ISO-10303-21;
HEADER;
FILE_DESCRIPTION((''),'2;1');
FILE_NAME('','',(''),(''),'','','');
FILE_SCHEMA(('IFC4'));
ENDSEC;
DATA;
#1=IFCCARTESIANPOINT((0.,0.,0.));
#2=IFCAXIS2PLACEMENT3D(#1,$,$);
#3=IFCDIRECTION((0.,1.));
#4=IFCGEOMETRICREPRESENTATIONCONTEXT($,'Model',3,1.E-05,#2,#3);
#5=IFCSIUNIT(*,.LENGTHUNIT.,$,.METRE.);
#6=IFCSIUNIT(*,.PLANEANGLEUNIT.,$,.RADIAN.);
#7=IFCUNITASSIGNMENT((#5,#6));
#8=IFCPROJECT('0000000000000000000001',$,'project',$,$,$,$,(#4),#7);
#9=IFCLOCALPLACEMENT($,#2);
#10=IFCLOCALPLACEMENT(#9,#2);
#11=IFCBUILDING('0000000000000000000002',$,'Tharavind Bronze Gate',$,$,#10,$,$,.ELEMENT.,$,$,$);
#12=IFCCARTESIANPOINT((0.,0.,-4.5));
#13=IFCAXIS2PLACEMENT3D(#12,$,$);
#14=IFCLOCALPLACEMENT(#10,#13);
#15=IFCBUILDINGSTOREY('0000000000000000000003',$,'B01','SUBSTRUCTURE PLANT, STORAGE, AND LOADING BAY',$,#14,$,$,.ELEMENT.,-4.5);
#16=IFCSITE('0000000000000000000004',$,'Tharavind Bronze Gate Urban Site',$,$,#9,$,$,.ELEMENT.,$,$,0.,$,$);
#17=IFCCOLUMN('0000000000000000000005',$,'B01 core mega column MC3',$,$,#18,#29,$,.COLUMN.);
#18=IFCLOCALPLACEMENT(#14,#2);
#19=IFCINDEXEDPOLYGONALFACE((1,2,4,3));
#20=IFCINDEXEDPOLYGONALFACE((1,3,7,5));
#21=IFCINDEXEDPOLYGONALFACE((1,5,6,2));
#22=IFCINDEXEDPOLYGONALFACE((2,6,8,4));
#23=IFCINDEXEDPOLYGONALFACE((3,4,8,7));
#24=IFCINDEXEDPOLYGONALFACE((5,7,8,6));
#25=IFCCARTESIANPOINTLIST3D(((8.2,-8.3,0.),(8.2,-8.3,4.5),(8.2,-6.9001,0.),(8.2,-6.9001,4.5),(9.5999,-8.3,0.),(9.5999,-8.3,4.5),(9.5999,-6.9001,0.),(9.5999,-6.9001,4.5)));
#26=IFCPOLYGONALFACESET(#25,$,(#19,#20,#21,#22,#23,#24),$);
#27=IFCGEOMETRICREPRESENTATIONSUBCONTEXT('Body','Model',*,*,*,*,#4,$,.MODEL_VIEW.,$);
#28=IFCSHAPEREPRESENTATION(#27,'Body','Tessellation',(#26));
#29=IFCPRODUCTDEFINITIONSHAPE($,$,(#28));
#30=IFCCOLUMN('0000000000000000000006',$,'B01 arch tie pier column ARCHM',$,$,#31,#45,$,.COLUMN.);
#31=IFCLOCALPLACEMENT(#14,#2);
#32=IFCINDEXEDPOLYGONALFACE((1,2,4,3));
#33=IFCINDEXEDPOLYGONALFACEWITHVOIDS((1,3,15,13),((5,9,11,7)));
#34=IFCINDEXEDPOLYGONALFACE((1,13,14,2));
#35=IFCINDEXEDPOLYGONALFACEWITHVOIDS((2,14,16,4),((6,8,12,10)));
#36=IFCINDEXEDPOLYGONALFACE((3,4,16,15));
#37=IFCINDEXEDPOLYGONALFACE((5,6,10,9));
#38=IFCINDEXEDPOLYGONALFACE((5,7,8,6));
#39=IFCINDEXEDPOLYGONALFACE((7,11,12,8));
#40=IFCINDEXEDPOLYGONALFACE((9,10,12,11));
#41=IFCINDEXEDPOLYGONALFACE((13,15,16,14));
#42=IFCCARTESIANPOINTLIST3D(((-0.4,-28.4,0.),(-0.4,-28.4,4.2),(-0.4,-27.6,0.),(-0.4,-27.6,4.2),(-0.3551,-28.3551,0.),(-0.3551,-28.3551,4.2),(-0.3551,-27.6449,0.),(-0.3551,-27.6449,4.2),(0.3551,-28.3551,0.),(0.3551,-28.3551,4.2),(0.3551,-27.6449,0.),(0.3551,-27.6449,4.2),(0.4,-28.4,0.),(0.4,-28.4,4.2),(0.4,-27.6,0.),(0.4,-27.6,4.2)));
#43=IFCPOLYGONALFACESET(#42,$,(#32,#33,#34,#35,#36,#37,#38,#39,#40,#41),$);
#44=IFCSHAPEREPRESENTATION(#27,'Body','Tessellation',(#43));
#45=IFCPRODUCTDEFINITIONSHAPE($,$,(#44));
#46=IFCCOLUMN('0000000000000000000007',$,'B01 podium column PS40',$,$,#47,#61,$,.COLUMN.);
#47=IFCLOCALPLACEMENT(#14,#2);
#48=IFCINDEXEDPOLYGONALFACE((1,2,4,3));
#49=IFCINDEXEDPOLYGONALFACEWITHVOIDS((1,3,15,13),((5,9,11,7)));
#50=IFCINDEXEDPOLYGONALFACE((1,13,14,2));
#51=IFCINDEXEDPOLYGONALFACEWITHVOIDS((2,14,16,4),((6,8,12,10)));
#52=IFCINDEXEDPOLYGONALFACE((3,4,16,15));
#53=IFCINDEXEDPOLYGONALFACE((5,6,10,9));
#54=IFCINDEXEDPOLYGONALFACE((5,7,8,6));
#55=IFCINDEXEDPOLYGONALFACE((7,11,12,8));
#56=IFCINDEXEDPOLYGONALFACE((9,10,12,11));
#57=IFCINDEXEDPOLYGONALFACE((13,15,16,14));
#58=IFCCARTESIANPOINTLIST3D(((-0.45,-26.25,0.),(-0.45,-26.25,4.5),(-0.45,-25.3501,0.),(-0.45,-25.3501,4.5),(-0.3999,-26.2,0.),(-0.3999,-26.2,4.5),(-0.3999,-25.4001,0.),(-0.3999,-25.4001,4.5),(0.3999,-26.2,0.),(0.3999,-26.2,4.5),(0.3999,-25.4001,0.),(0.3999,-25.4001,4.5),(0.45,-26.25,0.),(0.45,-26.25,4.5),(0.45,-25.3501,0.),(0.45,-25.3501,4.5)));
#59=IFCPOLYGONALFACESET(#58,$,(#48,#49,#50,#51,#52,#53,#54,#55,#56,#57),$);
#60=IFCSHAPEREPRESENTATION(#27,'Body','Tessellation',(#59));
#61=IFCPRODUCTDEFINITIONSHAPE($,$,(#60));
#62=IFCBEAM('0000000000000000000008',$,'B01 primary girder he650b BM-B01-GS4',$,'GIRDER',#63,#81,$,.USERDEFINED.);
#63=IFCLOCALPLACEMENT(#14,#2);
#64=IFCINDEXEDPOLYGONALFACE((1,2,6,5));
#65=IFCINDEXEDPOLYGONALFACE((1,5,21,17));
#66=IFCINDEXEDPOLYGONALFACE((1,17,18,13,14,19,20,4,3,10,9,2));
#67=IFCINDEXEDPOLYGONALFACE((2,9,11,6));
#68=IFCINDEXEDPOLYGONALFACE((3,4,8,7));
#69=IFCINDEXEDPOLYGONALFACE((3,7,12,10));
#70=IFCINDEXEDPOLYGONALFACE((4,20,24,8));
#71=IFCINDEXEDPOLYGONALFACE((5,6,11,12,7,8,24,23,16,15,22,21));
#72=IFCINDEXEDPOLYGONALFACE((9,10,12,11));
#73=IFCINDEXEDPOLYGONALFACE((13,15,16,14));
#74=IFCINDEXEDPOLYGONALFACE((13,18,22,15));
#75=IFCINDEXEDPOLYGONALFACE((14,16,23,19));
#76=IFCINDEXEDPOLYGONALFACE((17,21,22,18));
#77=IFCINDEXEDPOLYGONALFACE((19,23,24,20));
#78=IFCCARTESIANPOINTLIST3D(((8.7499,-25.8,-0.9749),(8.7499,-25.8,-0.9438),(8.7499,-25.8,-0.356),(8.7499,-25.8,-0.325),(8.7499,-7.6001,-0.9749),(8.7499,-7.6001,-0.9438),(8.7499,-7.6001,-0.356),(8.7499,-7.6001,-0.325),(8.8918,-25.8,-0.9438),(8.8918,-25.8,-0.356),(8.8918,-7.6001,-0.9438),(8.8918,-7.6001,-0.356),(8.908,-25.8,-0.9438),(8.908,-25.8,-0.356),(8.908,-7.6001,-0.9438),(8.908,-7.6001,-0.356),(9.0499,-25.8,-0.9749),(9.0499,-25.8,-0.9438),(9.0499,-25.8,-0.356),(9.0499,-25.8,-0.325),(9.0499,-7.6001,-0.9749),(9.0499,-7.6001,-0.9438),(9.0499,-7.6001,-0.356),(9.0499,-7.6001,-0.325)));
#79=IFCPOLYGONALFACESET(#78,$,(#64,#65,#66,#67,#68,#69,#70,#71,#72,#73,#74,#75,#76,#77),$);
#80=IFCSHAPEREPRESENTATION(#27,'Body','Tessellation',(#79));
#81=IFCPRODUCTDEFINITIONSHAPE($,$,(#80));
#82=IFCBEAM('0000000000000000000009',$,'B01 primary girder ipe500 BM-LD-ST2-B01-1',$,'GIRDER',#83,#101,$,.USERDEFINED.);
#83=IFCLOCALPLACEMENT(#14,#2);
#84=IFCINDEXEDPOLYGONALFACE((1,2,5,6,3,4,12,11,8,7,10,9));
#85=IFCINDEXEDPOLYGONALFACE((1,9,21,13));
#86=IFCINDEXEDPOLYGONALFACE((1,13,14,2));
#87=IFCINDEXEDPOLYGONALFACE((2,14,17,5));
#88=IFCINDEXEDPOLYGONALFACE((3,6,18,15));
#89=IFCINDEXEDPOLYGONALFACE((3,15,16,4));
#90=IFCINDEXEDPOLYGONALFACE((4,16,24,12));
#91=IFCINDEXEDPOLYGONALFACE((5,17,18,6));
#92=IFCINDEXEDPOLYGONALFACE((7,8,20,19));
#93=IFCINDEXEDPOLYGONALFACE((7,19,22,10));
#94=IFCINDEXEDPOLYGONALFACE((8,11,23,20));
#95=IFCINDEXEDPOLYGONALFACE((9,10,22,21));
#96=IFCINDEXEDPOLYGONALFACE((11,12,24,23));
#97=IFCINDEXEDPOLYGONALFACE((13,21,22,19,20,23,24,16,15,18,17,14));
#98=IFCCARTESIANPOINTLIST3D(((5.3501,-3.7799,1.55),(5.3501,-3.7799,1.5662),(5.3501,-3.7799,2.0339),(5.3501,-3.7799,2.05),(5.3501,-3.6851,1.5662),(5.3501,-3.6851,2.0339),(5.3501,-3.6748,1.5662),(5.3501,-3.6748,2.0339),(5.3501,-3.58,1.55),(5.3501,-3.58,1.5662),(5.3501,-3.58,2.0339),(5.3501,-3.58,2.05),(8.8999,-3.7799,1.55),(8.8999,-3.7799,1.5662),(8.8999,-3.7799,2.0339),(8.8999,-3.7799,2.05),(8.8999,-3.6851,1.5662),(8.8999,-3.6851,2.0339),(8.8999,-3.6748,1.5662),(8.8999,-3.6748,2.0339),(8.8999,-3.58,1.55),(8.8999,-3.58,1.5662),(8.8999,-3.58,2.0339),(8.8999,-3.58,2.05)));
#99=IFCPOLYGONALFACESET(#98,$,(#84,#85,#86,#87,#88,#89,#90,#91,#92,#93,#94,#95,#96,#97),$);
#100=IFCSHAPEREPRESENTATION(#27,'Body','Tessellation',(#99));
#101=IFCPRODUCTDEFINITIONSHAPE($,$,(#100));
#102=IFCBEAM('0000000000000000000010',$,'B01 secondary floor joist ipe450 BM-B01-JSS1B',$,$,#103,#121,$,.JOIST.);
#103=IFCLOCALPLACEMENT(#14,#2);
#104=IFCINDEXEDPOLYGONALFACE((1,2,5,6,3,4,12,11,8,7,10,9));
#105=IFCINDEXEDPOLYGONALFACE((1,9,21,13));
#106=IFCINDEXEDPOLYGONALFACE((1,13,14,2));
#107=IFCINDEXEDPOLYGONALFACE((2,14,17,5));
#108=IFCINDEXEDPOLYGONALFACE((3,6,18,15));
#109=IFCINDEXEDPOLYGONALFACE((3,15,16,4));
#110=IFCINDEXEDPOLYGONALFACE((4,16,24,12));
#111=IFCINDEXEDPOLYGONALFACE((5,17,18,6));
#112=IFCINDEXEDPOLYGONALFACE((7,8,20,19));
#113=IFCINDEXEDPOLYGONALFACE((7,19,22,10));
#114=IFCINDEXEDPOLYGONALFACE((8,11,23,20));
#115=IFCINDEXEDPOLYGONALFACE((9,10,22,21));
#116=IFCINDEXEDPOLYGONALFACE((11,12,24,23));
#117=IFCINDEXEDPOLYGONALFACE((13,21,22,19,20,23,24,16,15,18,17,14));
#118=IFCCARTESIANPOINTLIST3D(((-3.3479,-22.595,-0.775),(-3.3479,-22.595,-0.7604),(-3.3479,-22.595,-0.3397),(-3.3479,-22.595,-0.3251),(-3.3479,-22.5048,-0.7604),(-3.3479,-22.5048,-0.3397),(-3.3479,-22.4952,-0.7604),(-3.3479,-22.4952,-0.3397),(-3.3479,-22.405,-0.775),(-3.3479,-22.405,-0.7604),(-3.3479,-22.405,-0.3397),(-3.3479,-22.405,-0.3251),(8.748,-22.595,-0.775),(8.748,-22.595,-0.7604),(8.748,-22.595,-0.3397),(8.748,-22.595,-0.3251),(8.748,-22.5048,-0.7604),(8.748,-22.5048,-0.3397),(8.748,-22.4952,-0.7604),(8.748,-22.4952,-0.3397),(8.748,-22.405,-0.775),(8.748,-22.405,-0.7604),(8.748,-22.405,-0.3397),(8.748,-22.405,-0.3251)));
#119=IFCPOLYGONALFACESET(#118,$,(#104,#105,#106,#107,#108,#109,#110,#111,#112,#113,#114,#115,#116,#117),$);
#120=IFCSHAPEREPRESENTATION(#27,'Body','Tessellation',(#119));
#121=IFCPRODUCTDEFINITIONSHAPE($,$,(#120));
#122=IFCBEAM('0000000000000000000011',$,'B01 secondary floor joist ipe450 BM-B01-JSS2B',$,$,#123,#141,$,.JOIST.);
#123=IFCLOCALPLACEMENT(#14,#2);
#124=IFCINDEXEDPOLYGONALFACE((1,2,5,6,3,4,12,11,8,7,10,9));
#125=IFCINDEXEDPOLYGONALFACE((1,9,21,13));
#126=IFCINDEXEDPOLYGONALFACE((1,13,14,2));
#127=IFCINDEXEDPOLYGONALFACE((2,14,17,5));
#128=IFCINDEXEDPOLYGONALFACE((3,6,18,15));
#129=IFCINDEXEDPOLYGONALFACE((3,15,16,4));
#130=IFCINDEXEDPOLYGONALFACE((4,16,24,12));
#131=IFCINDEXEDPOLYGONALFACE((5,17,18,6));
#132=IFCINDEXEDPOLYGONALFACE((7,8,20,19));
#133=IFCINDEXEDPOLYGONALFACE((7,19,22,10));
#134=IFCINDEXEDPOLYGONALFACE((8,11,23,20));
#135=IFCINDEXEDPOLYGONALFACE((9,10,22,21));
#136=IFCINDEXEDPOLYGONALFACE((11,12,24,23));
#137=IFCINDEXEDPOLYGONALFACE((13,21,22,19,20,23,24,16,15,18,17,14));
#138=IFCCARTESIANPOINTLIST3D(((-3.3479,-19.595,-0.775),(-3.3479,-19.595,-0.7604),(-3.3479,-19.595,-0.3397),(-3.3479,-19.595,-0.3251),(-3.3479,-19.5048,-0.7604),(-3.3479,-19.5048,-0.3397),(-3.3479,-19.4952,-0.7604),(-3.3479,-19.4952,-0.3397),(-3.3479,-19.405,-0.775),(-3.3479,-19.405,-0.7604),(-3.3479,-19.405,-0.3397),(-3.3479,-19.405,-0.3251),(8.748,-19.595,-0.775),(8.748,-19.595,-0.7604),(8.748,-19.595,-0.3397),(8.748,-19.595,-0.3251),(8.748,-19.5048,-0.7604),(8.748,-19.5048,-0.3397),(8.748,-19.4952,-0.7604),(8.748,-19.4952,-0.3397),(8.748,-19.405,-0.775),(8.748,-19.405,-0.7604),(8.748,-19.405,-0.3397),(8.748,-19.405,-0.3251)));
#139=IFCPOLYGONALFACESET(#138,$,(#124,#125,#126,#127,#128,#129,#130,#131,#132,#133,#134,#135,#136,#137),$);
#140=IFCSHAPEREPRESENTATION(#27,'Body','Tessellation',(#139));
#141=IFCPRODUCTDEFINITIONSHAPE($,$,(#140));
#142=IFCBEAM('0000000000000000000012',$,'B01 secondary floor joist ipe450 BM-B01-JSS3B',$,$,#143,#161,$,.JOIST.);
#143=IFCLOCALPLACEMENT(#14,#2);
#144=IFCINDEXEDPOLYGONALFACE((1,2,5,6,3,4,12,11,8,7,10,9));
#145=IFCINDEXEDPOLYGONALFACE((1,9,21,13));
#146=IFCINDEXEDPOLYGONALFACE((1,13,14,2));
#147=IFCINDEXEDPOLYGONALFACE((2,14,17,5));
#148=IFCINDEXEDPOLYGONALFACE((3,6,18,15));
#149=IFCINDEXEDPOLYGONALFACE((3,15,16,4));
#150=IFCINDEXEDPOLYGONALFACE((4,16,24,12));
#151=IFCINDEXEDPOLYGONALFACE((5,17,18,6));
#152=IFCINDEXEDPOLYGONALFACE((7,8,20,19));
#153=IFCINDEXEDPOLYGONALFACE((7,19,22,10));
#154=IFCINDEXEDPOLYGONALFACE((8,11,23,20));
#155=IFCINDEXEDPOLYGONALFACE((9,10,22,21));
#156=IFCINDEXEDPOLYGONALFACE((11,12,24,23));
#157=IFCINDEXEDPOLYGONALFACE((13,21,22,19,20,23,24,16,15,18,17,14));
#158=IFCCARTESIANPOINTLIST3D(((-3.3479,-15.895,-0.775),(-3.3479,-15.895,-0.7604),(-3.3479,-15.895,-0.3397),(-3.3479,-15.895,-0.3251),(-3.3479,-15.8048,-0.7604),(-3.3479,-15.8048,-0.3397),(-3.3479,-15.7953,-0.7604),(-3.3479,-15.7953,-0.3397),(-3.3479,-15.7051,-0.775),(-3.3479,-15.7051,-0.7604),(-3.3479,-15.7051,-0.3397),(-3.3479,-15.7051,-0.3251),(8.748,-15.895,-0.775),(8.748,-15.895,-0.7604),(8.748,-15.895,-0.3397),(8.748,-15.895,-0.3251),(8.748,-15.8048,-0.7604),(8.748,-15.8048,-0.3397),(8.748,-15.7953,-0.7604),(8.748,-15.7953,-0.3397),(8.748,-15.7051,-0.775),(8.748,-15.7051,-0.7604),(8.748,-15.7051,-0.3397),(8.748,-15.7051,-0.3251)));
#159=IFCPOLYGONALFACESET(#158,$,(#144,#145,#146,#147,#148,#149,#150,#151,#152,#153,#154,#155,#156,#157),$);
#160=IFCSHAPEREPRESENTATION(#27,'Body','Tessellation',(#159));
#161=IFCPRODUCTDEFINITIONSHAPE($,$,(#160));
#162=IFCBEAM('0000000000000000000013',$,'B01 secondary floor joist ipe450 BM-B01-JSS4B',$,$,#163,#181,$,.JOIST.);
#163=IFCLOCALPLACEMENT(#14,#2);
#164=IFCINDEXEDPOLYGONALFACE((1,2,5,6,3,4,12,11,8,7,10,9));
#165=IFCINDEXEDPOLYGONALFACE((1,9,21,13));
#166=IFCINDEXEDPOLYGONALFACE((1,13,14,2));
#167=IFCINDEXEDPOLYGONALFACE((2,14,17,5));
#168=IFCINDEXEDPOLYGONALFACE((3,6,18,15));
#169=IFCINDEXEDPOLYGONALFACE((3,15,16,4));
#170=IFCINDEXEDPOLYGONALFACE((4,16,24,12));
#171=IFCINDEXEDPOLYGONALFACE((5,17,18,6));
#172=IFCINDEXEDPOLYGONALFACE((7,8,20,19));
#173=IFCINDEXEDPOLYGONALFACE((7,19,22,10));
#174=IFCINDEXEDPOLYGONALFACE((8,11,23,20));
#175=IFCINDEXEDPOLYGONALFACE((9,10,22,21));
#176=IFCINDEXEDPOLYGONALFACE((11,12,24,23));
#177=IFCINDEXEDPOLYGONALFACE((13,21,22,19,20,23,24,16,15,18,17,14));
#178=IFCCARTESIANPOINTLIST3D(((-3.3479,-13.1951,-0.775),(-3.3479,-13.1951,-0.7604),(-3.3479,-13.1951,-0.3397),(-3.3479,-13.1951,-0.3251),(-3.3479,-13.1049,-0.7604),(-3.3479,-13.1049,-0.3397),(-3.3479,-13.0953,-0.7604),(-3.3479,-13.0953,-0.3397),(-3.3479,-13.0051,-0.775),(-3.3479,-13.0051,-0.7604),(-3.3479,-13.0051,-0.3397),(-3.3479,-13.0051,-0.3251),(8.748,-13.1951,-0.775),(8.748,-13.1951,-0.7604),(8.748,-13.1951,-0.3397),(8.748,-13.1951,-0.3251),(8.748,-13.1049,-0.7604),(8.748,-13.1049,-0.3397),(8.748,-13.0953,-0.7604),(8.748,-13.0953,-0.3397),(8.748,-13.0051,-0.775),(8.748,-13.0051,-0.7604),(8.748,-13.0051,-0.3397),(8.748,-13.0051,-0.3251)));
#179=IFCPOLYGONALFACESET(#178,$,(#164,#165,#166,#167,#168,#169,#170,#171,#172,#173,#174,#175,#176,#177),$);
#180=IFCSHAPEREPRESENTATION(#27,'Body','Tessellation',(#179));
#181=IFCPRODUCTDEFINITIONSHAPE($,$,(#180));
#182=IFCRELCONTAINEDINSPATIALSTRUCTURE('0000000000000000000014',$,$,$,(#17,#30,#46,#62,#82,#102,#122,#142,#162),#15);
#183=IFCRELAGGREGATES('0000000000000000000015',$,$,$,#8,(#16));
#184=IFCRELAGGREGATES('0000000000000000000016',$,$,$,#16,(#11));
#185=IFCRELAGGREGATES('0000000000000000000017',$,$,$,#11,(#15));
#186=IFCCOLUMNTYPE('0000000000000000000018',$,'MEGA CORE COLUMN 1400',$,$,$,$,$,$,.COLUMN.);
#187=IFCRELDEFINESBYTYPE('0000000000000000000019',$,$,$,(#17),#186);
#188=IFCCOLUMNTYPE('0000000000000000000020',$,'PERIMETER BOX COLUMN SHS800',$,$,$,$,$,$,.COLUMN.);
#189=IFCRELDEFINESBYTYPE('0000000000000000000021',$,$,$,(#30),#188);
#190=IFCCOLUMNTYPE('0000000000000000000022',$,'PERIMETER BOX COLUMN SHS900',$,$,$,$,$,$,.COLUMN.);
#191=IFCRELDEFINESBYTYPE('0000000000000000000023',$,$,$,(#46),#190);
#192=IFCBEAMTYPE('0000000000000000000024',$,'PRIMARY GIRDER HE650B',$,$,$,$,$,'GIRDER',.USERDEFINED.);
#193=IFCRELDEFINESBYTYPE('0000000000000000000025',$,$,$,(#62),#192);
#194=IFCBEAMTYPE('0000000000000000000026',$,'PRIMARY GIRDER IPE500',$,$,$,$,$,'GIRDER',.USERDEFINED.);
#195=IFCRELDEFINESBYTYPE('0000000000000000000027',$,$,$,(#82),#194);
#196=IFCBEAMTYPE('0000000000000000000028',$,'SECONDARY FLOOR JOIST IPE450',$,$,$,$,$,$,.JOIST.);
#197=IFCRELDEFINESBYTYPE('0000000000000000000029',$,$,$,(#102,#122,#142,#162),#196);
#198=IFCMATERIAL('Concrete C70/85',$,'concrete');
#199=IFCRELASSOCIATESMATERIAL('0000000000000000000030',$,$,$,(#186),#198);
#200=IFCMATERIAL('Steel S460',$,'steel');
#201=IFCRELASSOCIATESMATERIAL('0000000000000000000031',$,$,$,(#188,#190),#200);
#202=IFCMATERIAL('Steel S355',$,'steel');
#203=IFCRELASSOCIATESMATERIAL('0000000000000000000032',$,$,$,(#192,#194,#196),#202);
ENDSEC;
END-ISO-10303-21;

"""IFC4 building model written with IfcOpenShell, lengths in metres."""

from ifc_helpers import new_model, si_unit, direction, frame, origin, origin_2d, place, context, subcontext, project, spatial, rectangle, hollow_rectangle, i_section, extrude, material, material_profile, profile_set, type_object, element, save


model = new_model("IFC4")

# Units and contexts
model_context = context("Model", 3, precision=1e-05, world=origin(), true_north=direction((0.0, 1.0)))
body_context = subcontext(model_context, "Body", "Model", "MODEL_VIEW")
ifc_project = project(units=[si_unit("LENGTHUNIT", "METRE"), si_unit("PLANEANGLEUNIT", "RADIAN")], contexts=[model_context])

# Site, building, storey
site_placement = place(None, origin())
site = spatial("IfcSite", under=ifc_project, at=site_placement, Name="Tharavind Bronze Gate Urban Site", CompositionType="ELEMENT", RefElevation=0.0)
building_placement = place(site_placement, origin())
building = spatial("IfcBuilding", under=site, at=building_placement, Name="Tharavind Bronze Gate", CompositionType="ELEMENT")
storey_placement = place(building_placement, frame((0.0, 0.0, -4.5)))
storey = spatial("IfcBuildingStorey", under=building, at=storey_placement, Name="B01", Description="SUBSTRUCTURE PLANT, STORAGE, AND LOADING BAY", CompositionType="ELEMENT", Elevation=-4.5)

# Columns
ifc_material_1 = material(Name="Concrete C70/85", Category="concrete")
ifc_material_profile_1 = material_profile(ifc_material_1, rectangle(XDim=1.3999, YDim=1.3999, at=origin_2d()), Name="RCCOL1400")
ifc_profile_set_1 = profile_set([ifc_material_profile_1], Name="Concrete C70/85")
column_type_1 = type_object("IfcColumnType", Name="MEGA CORE COLUMN 1400", PredefinedType="COLUMN", material=ifc_profile_set_1)
column_1_placement = place(storey_placement, frame((8.8999, -7.6001, 0.0), z_axis=(0.0, 0.0, 1.0), x_axis=(1.0, 0.0, 0.0)))
element("IfcColumn", 1, at=column_1_placement, inside=storey, type_object=column_type_1, Name="B01 core mega column MC3", PredefinedType="COLUMN", context=body_context, shape_type="SweptSolid", body=[
    extrude(rectangle(XDim=1.3999, YDim=1.3999, at=origin_2d()), origin(), (0.0, 0.0, 1.0), 4.5),
])
ifc_material_2 = material(Name="Steel S460", Category="steel")
ifc_material_profile_2 = material_profile(ifc_material_2, hollow_rectangle(XDim=0.8, YDim=0.8, WallThickness=0.0449, at=origin_2d()), Name="SHS800X45")
ifc_profile_set_2 = profile_set([ifc_material_profile_2], Name="Steel S460")
column_type_2 = type_object("IfcColumnType", Name="PERIMETER BOX COLUMN SHS800", PredefinedType="COLUMN", material=ifc_profile_set_2)
column_2_placement = place(storey_placement, frame((0.0, -28.0, 0.0), z_axis=(0.0, 0.0, 1.0), x_axis=(1.0, 0.0, 0.0)))
element("IfcColumn", 2, at=column_2_placement, inside=storey, type_object=column_type_2, Name="B01 arch tie pier column ARCHM", PredefinedType="COLUMN", context=body_context, shape_type="SweptSolid", body=[
    extrude(hollow_rectangle(XDim=0.8, YDim=0.8, WallThickness=0.0449, at=origin_2d()), origin(), (0.0, 0.0, 1.0), 4.2),
])
ifc_material_profile_3 = material_profile(ifc_material_2, hollow_rectangle(XDim=0.8999, YDim=0.8999, WallThickness=0.05, at=origin_2d()), Name="SHS900X50")
ifc_profile_set_3 = profile_set([ifc_material_profile_3], Name="Steel S460")
column_type_3 = type_object("IfcColumnType", Name="PERIMETER BOX COLUMN SHS900", PredefinedType="COLUMN", material=ifc_profile_set_3)
column_3_placement = place(storey_placement, frame((0.0, -25.8, 0.0), z_axis=(0.0, 0.0, 1.0), x_axis=(1.0, 0.0, 0.0)))
element("IfcColumn", 3, at=column_3_placement, inside=storey, type_object=column_type_3, Name="B01 podium column PS40", PredefinedType="COLUMN", context=body_context, shape_type="SweptSolid", body=[
    extrude(hollow_rectangle(XDim=0.8999, YDim=0.8999, WallThickness=0.05, at=origin_2d()), origin(), (0.0, 0.0, 1.0), 4.5),
])

# Beams
ifc_material_3 = material(Name="Steel S355", Category="steel")
ifc_material_profile_4 = material_profile(ifc_material_3, i_section(OverallWidth=0.3, OverallDepth=0.6499, WebThickness=0.0161, FlangeThickness=0.031, at=origin_2d()), Name="HE650B")
ifc_profile_set_4 = profile_set([ifc_material_profile_4], Name="Steel S355")
beam_type_1 = type_object("IfcBeamType", Name="PRIMARY GIRDER HE650B", ElementType="GIRDER", PredefinedType="USERDEFINED", material=ifc_profile_set_4)
beam_1_placement = place(storey_placement, frame((8.8999, -25.8, -0.6499), z_axis=(0.0, 1.0, 0.0), x_axis=(-1.0, 0.0, 0.0)))
element("IfcBeam", 4, at=beam_1_placement, inside=storey, type_object=beam_type_1, Name="B01 primary girder he650b BM-B01-GS4", ObjectType="GIRDER", PredefinedType="USERDEFINED", context=body_context, shape_type="SweptSolid", body=[
    extrude(i_section(OverallWidth=0.3, OverallDepth=0.6499, WebThickness=0.0161, FlangeThickness=0.031, at=origin_2d()), origin(), (0.0, 0.0, 1.0), 18.2),
])
ifc_material_profile_5 = material_profile(ifc_material_3, i_section(OverallWidth=0.2, OverallDepth=0.5, WebThickness=0.0103, FlangeThickness=0.0161, at=origin_2d()), Name="IPE500")
ifc_profile_set_5 = profile_set([ifc_material_profile_5], Name="Steel S355")
beam_type_2 = type_object("IfcBeamType", Name="PRIMARY GIRDER IPE500", ElementType="GIRDER", PredefinedType="USERDEFINED", material=ifc_profile_set_5)
beam_2_placement = place(storey_placement, frame((5.3501, -3.6799, 1.8), z_axis=(1.0, 0.0, 0.0), x_axis=(0.0, 1.0, 0.0)))
element("IfcBeam", 5, at=beam_2_placement, inside=storey, type_object=beam_type_2, Name="B01 primary girder ipe500 BM-LD-ST2-B01-1", ObjectType="GIRDER", PredefinedType="USERDEFINED", context=body_context, shape_type="SweptSolid", body=[
    extrude(i_section(OverallWidth=0.2, OverallDepth=0.5, WebThickness=0.0103, FlangeThickness=0.0161, at=origin_2d()), origin(), (0.0, 0.0, 1.0), 3.5498),
])
ifc_material_profile_6 = material_profile(ifc_material_3, i_section(OverallWidth=0.1899, OverallDepth=0.45, WebThickness=0.0095, FlangeThickness=0.0146, at=origin_2d()), Name="IPE450")
ifc_profile_set_6 = profile_set([ifc_material_profile_6], Name="Steel S355")
beam_type_3 = type_object("IfcBeamType", Name="SECONDARY FLOOR JOIST IPE450", PredefinedType="JOIST", material=ifc_profile_set_6)
for number, where, z_axis, x_axis, name in (
    (6, (-3.3479, -22.5, -0.55), (1.0, 0.0, 0.0), (0.0, 1.0, 0.0), "B01 secondary floor joist ipe450 BM-B01-JSS1B"),
    (7, (-3.3479, -19.5, -0.55), (1.0, 0.0, 0.0), (0.0, 1.0, 0.0), "B01 secondary floor joist ipe450 BM-B01-JSS2B"),
    (8, (-3.3479, -15.8, -0.55), (1.0, 0.0, 0.0), (0.0, 1.0, 0.0), "B01 secondary floor joist ipe450 BM-B01-JSS3B"),
    (9, (-3.3479, -13.1001, -0.55), (1.0, 0.0, 0.0), (0.0, 1.0, 0.0), "B01 secondary floor joist ipe450 BM-B01-JSS4B"),
):
    element("IfcBeam", number, at=place(storey_placement, frame(where, z_axis=z_axis, x_axis=x_axis)), inside=storey, type_object=beam_type_3, Name=name, PredefinedType="JOIST", context=body_context, shape_type="SweptSolid", body=[
        extrude(i_section(OverallWidth=0.1899, OverallDepth=0.45, WebThickness=0.0095, FlangeThickness=0.0146, at=origin_2d()), origin(), (0.0, 0.0, 1.0), 12.0959),
    ])

save(model, "model.ifc")
